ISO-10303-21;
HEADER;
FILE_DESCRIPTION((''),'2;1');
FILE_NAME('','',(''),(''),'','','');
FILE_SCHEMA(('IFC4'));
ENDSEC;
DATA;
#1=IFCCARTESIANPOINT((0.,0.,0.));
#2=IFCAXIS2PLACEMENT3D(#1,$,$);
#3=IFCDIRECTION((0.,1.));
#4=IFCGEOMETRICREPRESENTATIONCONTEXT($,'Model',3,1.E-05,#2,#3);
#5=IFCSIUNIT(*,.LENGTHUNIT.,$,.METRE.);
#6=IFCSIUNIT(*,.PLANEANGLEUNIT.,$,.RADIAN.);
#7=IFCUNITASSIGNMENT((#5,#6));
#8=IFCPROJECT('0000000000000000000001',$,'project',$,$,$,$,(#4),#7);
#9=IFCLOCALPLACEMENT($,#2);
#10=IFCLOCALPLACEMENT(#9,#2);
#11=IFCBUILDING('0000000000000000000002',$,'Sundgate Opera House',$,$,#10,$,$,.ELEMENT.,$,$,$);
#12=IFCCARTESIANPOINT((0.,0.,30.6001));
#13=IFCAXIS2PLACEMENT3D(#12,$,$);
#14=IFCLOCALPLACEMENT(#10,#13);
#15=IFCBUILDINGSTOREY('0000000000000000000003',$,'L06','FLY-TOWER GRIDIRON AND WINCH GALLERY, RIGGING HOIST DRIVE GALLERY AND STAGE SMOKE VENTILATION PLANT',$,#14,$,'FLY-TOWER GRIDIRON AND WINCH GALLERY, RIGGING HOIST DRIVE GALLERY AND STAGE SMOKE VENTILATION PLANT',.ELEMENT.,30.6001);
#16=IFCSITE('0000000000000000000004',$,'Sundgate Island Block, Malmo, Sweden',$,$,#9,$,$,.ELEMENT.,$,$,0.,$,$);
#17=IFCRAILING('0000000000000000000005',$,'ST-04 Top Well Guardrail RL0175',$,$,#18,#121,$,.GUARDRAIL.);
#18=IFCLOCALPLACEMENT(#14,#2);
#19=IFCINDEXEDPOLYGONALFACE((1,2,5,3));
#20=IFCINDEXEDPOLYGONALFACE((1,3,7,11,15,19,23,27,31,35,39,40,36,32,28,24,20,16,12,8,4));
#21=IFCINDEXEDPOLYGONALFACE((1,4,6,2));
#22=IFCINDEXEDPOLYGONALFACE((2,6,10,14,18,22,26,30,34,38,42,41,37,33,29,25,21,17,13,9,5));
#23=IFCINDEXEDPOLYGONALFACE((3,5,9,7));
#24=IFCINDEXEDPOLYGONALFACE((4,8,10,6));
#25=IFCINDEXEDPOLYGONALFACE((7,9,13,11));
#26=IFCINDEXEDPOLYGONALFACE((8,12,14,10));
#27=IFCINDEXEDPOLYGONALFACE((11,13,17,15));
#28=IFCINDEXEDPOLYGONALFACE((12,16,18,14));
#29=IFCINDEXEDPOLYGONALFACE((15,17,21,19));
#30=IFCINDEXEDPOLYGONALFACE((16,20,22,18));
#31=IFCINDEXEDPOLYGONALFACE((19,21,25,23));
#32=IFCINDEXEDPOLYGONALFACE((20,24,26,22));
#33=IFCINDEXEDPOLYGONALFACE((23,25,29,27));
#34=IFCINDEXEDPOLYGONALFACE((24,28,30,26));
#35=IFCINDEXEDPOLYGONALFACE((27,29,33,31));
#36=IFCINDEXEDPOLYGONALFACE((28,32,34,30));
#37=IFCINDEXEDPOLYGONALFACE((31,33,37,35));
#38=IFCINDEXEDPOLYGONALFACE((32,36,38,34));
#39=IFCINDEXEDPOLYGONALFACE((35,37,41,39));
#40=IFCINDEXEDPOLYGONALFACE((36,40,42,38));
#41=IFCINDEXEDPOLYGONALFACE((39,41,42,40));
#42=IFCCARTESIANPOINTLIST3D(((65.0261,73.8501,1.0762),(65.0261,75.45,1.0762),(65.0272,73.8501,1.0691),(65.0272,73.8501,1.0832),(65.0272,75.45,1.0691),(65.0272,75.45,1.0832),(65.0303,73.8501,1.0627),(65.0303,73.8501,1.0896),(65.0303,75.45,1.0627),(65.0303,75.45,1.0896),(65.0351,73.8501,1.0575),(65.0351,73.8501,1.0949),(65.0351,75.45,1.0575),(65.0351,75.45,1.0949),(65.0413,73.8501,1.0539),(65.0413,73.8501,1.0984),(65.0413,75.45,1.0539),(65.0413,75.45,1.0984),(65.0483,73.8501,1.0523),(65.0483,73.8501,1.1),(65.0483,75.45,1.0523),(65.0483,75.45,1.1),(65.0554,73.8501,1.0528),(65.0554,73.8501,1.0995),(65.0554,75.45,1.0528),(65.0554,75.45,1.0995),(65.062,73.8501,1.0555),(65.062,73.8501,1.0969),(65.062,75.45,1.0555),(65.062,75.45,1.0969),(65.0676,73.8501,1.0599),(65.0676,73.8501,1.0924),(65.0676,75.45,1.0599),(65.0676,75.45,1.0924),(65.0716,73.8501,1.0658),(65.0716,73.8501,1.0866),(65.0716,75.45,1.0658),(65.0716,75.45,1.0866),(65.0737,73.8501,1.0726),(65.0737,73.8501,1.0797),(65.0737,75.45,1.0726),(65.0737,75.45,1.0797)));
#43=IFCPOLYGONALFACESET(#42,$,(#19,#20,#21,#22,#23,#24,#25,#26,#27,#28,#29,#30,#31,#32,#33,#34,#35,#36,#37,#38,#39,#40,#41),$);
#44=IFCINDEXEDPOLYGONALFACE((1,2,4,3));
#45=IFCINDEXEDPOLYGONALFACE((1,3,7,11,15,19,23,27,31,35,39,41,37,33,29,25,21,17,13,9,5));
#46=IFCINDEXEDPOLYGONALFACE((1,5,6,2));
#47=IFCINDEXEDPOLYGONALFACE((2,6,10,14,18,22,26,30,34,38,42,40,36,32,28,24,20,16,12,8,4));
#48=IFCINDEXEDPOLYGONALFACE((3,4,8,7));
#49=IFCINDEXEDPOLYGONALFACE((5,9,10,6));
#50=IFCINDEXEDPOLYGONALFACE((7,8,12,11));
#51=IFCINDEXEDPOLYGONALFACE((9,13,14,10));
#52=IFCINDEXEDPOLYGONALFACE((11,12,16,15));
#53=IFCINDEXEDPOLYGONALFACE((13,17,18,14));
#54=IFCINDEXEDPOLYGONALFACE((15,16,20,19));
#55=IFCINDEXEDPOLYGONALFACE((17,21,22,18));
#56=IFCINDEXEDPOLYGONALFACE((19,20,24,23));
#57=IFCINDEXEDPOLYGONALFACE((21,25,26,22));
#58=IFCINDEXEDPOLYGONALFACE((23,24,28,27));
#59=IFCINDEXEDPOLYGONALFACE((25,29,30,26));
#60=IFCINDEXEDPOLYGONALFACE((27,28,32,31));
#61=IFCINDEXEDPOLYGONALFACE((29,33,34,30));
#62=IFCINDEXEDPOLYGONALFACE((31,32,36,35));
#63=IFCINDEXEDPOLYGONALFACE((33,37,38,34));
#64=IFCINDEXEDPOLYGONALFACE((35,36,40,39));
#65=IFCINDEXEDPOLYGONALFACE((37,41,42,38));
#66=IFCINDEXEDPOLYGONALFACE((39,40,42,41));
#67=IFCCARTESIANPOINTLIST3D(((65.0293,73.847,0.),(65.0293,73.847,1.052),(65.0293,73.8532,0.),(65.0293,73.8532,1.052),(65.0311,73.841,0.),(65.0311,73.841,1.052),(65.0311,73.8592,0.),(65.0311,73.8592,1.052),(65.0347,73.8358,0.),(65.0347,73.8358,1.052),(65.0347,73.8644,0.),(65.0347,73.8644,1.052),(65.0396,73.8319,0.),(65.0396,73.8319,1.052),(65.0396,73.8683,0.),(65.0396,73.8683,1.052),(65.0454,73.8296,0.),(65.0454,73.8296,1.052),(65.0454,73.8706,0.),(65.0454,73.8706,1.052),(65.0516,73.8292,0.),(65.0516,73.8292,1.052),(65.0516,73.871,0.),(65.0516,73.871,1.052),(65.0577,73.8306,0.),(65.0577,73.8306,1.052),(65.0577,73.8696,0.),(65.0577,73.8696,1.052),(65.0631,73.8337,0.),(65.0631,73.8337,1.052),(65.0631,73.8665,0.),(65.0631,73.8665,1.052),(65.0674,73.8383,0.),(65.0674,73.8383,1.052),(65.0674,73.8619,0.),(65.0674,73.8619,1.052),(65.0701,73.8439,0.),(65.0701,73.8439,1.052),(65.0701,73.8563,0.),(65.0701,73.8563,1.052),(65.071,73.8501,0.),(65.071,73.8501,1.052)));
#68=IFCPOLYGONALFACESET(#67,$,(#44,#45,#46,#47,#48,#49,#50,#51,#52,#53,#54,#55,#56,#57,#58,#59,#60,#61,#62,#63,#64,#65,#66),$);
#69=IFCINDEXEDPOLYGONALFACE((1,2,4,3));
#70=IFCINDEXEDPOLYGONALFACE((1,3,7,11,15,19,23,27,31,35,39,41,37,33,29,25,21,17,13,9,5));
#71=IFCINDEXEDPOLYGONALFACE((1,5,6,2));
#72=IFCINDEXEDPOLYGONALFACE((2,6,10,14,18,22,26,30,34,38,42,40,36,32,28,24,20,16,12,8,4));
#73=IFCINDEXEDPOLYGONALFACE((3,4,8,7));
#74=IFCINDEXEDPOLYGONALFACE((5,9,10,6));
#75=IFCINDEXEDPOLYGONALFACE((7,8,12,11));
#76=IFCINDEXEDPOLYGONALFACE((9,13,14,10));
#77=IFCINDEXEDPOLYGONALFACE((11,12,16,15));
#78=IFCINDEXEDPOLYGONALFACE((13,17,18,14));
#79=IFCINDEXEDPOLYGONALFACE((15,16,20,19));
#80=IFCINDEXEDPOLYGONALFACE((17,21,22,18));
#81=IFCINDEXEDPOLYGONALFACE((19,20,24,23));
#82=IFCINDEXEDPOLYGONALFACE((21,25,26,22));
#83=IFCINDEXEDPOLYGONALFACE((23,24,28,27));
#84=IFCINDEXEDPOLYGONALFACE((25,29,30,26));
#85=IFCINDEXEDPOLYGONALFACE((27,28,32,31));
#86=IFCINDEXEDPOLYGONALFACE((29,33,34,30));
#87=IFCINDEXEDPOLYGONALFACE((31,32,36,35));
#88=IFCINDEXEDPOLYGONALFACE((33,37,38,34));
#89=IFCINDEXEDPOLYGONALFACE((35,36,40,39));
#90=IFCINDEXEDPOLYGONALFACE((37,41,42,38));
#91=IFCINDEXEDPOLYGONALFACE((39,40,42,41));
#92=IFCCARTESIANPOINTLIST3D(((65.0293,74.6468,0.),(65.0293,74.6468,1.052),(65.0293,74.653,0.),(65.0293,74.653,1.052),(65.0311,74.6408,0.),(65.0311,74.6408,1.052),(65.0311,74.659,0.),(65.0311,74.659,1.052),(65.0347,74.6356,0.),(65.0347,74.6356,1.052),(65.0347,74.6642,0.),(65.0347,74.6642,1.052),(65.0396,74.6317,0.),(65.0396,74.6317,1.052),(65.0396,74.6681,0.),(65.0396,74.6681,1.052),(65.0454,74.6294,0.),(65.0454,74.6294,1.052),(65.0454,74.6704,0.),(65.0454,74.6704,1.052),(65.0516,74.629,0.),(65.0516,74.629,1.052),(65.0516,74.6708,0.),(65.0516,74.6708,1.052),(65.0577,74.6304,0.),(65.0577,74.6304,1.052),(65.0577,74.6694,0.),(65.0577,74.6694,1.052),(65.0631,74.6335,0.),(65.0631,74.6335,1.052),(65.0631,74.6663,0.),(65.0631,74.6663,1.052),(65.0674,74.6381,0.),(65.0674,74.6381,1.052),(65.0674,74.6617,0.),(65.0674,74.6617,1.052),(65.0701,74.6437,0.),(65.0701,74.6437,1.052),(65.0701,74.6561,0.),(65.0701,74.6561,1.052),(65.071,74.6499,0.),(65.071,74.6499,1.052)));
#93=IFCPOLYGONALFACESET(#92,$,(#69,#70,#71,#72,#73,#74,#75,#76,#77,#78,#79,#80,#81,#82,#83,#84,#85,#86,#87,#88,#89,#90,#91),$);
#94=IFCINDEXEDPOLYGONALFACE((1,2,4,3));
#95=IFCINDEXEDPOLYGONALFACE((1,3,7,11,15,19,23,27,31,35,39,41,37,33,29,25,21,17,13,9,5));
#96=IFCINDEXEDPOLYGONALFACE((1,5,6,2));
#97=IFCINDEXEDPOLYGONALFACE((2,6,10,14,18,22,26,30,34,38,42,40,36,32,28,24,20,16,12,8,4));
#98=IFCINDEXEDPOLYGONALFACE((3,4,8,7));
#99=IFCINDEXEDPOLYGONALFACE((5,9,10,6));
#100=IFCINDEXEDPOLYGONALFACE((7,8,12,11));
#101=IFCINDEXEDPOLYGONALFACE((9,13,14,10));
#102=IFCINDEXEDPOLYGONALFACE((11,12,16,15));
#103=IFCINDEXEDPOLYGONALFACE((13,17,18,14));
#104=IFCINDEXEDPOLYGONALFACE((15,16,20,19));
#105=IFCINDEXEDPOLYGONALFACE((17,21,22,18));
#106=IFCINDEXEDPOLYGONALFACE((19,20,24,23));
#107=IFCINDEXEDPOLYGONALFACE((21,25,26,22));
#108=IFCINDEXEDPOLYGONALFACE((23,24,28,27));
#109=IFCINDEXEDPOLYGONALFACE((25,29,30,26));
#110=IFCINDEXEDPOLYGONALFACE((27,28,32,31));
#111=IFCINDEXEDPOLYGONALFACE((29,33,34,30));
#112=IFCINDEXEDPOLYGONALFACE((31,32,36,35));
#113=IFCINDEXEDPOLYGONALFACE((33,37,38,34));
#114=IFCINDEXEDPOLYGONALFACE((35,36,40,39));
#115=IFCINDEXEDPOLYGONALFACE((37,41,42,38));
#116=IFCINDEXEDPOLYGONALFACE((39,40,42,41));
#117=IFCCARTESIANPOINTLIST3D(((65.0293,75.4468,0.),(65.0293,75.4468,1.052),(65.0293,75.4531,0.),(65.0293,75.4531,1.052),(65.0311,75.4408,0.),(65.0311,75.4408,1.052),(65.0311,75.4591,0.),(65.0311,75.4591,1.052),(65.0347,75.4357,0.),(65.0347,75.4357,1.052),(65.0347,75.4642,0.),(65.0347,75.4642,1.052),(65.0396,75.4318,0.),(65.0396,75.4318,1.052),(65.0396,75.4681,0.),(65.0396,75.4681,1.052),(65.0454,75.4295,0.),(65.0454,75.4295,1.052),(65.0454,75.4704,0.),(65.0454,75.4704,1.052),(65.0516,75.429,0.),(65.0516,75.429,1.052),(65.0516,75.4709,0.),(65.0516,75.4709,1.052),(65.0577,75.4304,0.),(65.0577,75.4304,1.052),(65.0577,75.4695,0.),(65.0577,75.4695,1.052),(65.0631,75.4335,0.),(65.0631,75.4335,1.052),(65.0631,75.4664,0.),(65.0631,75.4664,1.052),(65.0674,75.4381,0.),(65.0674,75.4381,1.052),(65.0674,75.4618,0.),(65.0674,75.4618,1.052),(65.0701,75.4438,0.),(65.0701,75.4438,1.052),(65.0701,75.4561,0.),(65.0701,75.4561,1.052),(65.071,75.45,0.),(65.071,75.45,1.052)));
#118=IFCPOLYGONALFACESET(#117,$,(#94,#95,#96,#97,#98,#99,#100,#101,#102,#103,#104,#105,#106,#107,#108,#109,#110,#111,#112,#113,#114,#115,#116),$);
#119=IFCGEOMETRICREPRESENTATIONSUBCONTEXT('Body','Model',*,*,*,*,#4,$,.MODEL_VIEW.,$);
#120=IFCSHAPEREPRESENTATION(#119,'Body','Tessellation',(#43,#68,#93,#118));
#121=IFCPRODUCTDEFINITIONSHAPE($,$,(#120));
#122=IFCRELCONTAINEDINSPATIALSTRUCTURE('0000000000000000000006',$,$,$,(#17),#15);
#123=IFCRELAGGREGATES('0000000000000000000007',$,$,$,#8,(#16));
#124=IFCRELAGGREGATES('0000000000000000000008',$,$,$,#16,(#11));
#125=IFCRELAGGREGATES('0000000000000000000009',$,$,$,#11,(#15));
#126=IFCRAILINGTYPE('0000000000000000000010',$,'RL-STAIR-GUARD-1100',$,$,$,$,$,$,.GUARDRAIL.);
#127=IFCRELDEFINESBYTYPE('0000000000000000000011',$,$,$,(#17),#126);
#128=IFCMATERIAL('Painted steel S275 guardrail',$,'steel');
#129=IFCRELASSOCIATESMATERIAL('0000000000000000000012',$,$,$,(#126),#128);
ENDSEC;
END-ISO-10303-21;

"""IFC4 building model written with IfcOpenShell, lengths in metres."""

from ifc_helpers import new_model, si_unit, direction, frame, origin, origin_2d, place, context, subcontext, project, spatial, circle, extrude, material, type_object, element, save


model = new_model("IFC4")

# Units and contexts
model_context = context("Model", 3, precision=1e-05, world=origin(), true_north=direction((0.0, 1.0)))
body_context = subcontext(model_context, "Body", "Model", "MODEL_VIEW")
ifc_project = project(units=[si_unit("LENGTHUNIT", "METRE"), si_unit("PLANEANGLEUNIT", "RADIAN")], contexts=[model_context])

# Site, building, storey
site_placement = place(None, origin())
site = spatial("IfcSite", under=ifc_project, at=site_placement, Name="Sundgate Island Block, Malmo, Sweden", CompositionType="ELEMENT", RefElevation=0.0)
building_placement = place(site_placement, origin())
building = spatial("IfcBuilding", under=site, at=building_placement, Name="Sundgate Opera House", CompositionType="ELEMENT")
storey_placement = place(building_placement, frame((0.0, 0.0, 30.6001)))
storey = spatial("IfcBuildingStorey", under=building, at=storey_placement, Name="L06", Description="FLY-TOWER GRIDIRON AND WINCH GALLERY, RIGGING HOIST DRIVE GALLERY AND STAGE SMOKE VENTILATION PLANT", LongName="FLY-TOWER GRIDIRON AND WINCH GALLERY, RIGGING HOIST DRIVE GALLERY AND STAGE SMOKE VENTILATION PLANT", CompositionType="ELEMENT", Elevation=30.6001)

# Railing
ifc_material_1 = material(Name="Painted steel S275 guardrail", Category="steel")
railing_type = type_object("IfcRailingType", Name="RL-STAIR-GUARD-1100", PredefinedType="GUARDRAIL", material=ifc_material_1)
railing_1_placement = place(storey_placement, frame((65.05, 73.8501, 0.0)))
element("IfcRailing", 1, at=railing_1_placement, inside=storey, type_object=railing_type, Name="ST-04 Top Well Guardrail RL0175", PredefinedType="GUARDRAIL", context=body_context, shape_type="SweptSolid", body=[
    extrude(circle(Radius=0.0239, at=origin_2d()), frame((0.0, 0.0, 1.0762), z_axis=(0.0, 1.0, 0.0), x_axis=(-1.0, 0.0, 0.0)), (0.0, 0.0, 1.0), 1.5999),
    extrude(circle(Radius=0.021, at=origin_2d()), origin(), (0.0, 0.0, 1.0), 1.052),
    extrude(circle(Radius=0.021, at=origin_2d()), frame((0.0, 0.7998, 0.0)), (0.0, 0.0, 1.0), 1.052),
    extrude(circle(Radius=0.021, at=origin_2d()), frame((0.0, 1.5999, 0.0)), (0.0, 0.0, 1.0), 1.052),
])

save(model, "model.ifc")
